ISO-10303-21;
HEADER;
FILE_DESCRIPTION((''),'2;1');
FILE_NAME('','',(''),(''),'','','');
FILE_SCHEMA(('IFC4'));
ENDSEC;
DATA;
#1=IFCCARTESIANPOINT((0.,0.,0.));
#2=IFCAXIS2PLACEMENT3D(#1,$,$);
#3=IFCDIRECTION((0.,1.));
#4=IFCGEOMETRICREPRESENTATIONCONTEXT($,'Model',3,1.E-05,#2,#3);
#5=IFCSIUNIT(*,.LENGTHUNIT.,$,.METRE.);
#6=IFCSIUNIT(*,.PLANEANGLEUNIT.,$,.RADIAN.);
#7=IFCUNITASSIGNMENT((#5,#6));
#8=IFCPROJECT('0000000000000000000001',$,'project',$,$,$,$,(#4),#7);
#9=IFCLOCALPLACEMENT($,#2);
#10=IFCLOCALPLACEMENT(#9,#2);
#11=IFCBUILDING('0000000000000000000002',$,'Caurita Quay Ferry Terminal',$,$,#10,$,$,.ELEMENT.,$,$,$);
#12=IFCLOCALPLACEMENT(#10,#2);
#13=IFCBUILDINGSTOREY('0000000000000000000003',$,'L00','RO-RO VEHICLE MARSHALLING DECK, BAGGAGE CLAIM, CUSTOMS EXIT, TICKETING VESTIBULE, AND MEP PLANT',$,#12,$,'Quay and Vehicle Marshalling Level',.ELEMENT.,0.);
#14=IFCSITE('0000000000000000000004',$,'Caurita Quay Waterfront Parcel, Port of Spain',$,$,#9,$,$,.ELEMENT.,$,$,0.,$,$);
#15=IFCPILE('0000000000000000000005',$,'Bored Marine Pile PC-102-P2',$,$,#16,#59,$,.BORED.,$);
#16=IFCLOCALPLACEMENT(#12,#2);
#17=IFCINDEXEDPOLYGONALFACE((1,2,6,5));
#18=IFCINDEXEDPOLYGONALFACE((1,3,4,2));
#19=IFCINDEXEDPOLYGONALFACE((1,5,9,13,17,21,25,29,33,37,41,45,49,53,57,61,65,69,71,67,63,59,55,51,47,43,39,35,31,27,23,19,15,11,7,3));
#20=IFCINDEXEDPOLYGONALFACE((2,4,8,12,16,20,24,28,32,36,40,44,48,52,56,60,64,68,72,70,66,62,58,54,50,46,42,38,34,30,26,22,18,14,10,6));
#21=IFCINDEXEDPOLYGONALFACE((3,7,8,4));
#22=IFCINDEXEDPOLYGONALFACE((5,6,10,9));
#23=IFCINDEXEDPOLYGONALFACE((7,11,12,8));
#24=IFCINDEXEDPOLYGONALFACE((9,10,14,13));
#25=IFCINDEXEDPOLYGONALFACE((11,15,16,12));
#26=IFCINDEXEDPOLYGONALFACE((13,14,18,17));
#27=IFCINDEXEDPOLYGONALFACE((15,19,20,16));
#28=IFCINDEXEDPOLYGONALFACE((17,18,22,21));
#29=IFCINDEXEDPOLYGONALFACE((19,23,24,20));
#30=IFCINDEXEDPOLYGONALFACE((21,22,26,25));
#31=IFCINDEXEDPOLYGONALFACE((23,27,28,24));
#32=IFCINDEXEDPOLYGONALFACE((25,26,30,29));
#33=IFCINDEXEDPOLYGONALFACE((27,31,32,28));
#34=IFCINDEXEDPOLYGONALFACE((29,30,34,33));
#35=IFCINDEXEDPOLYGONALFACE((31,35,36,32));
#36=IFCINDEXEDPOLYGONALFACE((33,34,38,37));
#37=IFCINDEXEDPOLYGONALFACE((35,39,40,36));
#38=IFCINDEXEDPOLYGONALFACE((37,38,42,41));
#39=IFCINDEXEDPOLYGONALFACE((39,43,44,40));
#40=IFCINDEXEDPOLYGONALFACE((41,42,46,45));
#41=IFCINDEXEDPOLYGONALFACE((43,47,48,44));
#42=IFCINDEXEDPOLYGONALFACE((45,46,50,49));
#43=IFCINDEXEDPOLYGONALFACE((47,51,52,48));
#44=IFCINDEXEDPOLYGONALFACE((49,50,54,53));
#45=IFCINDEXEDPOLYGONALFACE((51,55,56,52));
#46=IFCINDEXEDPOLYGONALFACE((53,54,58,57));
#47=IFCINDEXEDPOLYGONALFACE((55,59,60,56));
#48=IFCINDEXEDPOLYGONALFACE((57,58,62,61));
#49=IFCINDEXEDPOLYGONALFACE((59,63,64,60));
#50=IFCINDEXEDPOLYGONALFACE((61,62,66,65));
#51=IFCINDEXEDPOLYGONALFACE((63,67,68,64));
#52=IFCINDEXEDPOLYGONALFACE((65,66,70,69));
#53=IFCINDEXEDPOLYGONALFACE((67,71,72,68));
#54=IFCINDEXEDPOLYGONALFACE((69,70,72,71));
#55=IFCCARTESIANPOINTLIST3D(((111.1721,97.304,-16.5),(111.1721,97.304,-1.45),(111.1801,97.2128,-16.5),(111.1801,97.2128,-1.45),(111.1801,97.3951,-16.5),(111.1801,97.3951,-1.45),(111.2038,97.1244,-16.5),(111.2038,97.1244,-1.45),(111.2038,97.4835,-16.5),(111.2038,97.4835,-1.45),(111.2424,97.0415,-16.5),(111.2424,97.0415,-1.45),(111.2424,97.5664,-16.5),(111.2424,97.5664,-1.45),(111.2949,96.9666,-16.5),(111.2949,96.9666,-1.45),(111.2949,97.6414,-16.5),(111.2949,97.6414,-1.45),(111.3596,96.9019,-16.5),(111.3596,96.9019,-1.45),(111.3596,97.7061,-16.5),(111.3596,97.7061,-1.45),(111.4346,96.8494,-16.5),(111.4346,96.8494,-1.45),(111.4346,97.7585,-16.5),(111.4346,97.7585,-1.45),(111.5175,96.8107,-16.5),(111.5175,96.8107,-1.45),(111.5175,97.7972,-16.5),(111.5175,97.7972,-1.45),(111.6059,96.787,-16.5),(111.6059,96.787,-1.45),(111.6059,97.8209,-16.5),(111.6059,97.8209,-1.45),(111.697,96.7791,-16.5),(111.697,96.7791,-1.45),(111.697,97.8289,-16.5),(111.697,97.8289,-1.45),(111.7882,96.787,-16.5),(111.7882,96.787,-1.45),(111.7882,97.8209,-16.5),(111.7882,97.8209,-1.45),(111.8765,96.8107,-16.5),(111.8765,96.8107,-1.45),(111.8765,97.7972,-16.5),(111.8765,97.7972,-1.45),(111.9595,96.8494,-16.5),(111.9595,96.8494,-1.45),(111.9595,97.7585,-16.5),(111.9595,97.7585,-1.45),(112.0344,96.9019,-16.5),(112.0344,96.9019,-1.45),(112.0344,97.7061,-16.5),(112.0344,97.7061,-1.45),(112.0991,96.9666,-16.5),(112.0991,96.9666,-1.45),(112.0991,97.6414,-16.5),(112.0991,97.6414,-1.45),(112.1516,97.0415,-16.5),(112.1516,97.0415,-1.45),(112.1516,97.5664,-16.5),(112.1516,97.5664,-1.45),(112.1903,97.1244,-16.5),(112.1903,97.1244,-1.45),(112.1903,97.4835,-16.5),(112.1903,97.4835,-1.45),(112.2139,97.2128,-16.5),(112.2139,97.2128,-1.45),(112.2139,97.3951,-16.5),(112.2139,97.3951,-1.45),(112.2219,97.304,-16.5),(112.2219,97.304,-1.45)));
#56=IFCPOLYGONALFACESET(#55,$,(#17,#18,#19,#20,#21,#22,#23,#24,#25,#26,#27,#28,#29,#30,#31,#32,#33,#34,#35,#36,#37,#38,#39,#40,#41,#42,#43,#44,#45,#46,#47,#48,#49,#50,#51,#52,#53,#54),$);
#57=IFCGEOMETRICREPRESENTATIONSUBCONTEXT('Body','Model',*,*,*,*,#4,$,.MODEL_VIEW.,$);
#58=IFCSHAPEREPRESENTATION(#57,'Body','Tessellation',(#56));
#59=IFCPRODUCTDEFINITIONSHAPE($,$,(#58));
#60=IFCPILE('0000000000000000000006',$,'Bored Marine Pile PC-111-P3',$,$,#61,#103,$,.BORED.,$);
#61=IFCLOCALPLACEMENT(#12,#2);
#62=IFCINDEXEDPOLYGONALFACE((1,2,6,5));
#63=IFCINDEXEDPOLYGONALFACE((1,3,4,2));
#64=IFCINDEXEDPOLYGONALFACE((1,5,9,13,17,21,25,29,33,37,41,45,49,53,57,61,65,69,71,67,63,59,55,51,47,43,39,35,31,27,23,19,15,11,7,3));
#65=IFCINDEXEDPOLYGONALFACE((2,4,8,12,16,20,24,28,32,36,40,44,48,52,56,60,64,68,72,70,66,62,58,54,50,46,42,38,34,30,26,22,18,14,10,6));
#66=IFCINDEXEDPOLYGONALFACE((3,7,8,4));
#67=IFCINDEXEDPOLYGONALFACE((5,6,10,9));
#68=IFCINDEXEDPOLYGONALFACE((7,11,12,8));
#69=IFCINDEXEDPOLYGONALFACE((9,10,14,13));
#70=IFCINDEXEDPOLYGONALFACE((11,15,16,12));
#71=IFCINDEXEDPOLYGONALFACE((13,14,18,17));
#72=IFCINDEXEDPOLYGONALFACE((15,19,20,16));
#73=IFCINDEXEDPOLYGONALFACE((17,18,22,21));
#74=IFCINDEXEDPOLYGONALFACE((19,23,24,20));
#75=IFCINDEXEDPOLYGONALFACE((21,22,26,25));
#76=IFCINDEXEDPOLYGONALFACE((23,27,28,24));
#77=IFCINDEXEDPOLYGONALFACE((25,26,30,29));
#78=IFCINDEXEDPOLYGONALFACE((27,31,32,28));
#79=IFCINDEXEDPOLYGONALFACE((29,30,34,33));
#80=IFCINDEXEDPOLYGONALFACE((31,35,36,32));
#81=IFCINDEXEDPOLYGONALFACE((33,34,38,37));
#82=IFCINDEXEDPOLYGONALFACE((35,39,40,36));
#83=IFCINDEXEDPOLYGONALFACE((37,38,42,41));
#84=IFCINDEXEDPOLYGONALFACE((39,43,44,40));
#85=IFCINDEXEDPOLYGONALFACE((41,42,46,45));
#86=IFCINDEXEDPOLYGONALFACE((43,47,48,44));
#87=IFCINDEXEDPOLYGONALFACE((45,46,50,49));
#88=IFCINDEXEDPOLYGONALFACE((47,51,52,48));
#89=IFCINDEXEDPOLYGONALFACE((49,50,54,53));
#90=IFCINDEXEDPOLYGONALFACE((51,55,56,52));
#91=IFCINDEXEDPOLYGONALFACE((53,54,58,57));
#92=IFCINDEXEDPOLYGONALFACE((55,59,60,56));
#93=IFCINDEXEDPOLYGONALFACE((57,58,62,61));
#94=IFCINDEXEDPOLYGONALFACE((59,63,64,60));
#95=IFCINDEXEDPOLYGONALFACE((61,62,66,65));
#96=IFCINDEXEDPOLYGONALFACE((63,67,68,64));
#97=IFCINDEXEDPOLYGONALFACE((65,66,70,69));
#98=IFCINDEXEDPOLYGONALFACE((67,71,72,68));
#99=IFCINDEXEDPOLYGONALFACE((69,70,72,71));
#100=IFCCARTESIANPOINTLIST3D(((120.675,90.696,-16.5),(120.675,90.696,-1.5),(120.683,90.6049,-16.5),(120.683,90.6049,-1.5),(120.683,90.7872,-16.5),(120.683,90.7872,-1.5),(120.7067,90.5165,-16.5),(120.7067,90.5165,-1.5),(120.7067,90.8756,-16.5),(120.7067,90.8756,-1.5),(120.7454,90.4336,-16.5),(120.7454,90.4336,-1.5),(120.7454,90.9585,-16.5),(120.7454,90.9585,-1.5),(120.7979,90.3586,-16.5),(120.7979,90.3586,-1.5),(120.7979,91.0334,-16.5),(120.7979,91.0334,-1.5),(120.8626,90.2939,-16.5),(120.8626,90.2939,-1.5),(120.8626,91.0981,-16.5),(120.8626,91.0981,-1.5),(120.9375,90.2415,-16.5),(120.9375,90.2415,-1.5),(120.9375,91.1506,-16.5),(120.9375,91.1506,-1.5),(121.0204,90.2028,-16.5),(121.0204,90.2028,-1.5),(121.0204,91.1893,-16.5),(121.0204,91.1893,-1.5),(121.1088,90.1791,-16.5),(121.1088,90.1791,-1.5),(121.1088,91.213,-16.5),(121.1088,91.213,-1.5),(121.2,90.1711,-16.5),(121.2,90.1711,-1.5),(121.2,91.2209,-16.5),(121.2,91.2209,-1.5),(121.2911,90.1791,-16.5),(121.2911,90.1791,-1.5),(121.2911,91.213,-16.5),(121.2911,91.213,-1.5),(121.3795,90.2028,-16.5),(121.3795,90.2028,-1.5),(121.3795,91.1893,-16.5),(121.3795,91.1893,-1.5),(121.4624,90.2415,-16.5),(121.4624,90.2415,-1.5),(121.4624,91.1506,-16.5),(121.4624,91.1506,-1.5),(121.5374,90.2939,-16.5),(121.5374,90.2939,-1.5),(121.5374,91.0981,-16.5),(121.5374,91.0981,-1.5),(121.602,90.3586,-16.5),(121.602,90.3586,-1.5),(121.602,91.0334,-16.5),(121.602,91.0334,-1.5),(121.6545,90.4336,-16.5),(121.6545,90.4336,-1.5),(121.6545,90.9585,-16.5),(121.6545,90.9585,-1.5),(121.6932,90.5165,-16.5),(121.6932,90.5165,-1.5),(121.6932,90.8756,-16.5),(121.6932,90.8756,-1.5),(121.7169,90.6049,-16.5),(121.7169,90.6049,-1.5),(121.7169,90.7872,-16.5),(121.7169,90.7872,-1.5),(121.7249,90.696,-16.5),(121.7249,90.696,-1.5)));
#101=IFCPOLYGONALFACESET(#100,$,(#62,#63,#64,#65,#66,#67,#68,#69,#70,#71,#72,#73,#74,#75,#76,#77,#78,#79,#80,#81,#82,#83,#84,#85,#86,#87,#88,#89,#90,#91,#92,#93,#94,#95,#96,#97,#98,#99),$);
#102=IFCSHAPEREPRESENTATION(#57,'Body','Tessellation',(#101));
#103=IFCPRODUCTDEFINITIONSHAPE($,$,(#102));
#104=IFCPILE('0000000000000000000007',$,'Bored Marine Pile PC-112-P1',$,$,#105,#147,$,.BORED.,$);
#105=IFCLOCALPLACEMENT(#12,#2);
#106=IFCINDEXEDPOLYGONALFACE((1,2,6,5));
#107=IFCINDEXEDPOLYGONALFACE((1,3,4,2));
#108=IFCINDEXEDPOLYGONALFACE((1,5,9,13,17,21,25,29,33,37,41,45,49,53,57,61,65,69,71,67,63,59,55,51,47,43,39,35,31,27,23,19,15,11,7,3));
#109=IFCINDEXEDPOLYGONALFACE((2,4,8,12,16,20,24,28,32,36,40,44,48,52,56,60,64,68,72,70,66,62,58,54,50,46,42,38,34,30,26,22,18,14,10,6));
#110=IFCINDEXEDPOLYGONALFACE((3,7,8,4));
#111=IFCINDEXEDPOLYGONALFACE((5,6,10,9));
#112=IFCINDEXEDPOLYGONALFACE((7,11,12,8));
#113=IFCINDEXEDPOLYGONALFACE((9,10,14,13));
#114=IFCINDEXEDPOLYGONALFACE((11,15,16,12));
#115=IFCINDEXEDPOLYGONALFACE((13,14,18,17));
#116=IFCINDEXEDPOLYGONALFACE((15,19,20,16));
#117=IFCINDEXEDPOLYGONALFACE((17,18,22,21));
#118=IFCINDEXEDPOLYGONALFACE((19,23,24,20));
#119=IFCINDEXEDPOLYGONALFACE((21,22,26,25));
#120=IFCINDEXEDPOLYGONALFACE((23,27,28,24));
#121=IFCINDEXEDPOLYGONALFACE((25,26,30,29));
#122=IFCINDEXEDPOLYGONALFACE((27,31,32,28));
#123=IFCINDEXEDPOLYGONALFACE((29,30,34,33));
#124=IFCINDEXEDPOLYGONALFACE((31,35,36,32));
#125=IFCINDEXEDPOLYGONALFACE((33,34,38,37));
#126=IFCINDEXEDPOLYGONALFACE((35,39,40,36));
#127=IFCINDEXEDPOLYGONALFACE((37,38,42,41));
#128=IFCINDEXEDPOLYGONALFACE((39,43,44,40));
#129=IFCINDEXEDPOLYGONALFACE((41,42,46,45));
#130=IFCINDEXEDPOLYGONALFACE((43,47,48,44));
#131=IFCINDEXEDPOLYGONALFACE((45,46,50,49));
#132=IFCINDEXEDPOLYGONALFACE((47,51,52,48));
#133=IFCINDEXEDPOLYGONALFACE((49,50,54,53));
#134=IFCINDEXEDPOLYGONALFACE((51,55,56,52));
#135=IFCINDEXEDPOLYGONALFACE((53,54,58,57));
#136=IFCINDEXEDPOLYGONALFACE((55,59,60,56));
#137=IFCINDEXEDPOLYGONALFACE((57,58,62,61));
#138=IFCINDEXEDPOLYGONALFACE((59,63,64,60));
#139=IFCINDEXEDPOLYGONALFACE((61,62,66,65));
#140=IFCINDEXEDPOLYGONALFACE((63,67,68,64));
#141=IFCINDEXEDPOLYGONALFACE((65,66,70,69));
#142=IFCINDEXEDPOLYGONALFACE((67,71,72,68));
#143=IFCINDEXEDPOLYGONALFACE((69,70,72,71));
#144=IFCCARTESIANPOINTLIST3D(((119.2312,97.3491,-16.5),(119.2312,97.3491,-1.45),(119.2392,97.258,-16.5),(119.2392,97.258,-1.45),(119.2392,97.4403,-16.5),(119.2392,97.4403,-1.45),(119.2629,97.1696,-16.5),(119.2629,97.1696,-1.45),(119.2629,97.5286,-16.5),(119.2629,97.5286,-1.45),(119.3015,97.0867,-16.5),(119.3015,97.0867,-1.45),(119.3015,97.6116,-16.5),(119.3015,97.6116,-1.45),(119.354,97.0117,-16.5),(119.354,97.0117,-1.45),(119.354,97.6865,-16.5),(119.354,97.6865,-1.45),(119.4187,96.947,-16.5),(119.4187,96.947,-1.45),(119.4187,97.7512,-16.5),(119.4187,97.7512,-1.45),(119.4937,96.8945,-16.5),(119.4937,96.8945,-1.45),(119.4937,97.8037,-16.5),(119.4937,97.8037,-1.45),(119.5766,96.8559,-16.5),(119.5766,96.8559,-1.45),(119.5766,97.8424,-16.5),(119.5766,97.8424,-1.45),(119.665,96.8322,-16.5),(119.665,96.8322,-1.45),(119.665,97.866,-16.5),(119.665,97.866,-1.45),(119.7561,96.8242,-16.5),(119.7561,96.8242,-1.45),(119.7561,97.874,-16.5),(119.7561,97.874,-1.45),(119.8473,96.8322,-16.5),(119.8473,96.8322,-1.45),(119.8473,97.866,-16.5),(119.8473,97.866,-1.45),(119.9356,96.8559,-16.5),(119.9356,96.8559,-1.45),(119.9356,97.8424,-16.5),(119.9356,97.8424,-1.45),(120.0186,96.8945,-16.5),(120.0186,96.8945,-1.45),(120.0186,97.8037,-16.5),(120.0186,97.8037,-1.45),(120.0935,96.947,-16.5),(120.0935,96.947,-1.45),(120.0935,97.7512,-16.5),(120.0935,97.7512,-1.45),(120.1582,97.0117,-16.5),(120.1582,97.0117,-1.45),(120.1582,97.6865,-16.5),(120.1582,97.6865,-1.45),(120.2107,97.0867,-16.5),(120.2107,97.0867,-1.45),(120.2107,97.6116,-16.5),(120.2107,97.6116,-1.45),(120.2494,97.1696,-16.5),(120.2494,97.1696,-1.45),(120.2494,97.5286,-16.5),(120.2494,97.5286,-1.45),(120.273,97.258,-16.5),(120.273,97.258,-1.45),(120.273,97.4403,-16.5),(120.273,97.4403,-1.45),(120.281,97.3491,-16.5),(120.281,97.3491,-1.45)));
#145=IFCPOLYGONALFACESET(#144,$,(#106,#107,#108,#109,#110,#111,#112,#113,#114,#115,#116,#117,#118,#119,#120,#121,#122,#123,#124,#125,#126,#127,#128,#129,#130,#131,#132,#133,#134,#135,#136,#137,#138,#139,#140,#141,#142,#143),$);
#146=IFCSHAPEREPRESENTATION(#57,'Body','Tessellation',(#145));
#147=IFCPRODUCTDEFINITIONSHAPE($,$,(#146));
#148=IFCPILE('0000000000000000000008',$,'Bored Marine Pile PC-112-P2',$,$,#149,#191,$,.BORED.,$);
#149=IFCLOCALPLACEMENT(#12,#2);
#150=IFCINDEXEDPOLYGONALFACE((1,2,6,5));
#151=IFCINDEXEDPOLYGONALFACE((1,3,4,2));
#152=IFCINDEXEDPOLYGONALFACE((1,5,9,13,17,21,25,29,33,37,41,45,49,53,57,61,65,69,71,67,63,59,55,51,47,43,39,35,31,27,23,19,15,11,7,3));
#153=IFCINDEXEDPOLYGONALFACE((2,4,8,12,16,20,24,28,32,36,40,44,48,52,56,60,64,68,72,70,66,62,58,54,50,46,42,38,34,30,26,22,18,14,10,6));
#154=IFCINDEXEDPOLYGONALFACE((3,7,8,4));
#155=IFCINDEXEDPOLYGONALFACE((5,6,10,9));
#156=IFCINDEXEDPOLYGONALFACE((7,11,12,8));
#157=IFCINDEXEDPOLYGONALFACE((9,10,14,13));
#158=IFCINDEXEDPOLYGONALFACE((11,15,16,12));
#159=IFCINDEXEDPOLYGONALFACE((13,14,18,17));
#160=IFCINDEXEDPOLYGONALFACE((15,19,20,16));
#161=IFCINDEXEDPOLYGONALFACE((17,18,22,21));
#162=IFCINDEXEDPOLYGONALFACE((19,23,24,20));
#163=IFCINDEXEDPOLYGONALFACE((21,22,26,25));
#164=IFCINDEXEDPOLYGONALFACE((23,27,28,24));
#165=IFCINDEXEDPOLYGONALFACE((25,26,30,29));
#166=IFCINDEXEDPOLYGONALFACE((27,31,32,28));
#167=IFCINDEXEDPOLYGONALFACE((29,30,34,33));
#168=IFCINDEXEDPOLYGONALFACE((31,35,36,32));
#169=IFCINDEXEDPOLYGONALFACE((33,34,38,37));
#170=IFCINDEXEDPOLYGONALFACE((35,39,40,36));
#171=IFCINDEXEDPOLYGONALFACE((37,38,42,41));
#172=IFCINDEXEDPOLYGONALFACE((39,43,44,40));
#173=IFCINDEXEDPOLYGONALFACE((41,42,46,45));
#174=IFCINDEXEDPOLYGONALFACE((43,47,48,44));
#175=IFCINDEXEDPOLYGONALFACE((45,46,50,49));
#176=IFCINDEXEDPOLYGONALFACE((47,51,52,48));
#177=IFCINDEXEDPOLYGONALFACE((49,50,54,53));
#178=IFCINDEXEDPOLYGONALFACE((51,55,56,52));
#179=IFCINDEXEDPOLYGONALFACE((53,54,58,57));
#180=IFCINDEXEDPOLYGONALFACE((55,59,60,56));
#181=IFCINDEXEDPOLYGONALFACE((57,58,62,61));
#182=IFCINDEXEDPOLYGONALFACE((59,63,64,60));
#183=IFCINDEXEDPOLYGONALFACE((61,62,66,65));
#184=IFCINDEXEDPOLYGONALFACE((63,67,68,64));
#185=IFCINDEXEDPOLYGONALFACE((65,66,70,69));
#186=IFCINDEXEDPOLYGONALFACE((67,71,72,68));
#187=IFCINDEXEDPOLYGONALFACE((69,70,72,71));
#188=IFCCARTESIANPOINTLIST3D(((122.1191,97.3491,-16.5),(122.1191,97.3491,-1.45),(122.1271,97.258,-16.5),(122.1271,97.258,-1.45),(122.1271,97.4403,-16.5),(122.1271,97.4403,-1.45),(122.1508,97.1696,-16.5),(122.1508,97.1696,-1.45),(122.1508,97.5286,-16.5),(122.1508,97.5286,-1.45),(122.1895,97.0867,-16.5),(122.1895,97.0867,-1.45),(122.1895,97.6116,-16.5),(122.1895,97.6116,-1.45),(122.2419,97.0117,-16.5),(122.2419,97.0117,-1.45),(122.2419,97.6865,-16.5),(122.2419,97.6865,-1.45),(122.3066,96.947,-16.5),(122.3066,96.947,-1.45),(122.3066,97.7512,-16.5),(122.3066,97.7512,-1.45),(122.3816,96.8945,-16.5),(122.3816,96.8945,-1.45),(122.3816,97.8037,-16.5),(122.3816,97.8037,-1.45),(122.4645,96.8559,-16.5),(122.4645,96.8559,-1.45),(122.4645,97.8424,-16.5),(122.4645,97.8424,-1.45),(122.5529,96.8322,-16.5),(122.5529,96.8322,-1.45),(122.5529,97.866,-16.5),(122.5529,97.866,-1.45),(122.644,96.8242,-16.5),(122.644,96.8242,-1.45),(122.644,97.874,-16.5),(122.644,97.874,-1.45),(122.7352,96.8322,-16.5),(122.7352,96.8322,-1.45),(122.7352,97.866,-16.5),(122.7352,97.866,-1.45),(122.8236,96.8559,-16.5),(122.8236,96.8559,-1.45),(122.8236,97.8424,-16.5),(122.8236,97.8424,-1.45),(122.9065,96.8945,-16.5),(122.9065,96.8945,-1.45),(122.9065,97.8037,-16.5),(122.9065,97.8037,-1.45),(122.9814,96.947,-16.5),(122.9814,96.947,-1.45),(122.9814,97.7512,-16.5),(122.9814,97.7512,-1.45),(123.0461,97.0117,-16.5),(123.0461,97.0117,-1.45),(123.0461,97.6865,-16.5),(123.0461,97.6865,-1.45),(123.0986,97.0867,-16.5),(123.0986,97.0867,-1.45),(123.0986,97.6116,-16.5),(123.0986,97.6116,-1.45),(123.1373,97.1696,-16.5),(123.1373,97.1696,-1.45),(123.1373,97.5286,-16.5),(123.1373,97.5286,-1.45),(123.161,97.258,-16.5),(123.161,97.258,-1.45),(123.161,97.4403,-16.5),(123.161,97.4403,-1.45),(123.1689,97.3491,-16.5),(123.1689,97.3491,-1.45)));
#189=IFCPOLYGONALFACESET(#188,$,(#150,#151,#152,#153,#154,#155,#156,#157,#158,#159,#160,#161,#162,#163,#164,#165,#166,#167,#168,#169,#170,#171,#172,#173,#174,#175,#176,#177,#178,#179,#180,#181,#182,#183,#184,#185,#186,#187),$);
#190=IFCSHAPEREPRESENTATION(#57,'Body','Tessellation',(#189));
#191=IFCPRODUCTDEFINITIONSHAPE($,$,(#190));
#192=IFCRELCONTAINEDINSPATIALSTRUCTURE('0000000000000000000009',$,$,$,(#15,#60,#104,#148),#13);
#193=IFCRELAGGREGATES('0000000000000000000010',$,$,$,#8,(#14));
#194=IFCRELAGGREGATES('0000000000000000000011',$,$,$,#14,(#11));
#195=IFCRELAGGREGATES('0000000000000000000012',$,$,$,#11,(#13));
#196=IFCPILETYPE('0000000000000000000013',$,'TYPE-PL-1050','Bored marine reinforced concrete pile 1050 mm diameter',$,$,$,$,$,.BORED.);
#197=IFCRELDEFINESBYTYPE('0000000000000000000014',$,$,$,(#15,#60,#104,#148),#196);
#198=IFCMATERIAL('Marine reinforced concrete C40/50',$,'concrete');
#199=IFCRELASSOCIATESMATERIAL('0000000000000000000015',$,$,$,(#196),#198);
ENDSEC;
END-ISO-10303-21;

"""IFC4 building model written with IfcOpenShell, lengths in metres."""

from ifc_helpers import new_model, si_unit, direction, frame, origin, origin_2d, place, context, subcontext, project, spatial, circle, extrude, material, material_profile, profile_set, type_object, element, save


model = new_model("IFC4")

# Units and contexts
model_context = context("Model", 3, precision=1e-05, world=origin(), true_north=direction((0.0, 1.0)))
body_context = subcontext(model_context, "Body", "Model", "MODEL_VIEW")
ifc_project = project(units=[si_unit("LENGTHUNIT", "METRE"), si_unit("PLANEANGLEUNIT", "RADIAN")], contexts=[model_context])

# Site, building, storey
site_placement = place(None, origin())
site = spatial("IfcSite", under=ifc_project, at=site_placement, Name="Caurita Quay Waterfront Parcel, Port of Spain", CompositionType="ELEMENT", RefElevation=0.0)
building_placement = place(site_placement, origin())
building = spatial("IfcBuilding", under=site, at=building_placement, Name="Caurita Quay Ferry Terminal", CompositionType="ELEMENT")
storey_placement = place(building_placement, origin())
storey = spatial("IfcBuildingStorey", under=building, at=storey_placement, Name="L00", Description="RO-RO VEHICLE MARSHALLING DECK, BAGGAGE CLAIM, CUSTOMS EXIT, TICKETING VESTIBULE, AND MEP PLANT", LongName="Quay and Vehicle Marshalling Level", CompositionType="ELEMENT", Elevation=0.0)

# Piles
ifc_material_1 = material(Name="Marine reinforced concrete C40/50", Category="concrete")
ifc_material_profile_1 = material_profile(ifc_material_1, circle(Radius=0.5249, at=origin_2d()), Name="PILE-D1050")
ifc_profile_set_1 = profile_set([ifc_material_profile_1], Name="Marine reinforced concrete C40/50")
pile_type = type_object("IfcPileType", Name="TYPE-PL-1050", Description="Bored marine reinforced concrete pile 1050 mm diameter", PredefinedType="BORED", material=ifc_profile_set_1)
pile_1_placement = place(storey_placement, frame((111.697, 97.304, -1.45), z_axis=(0.0, 0.0, -1.0), x_axis=(1.0, 0.0, 0.0)))
element("IfcPile", 1, at=pile_1_placement, inside=storey, type_object=pile_type, Name="Bored Marine Pile PC-102-P2", PredefinedType="BORED", context=body_context, shape_type="SweptSolid", body=[
    extrude(circle(Radius=0.5249, at=origin_2d()), origin(), (0.0, 0.0, 1.0), 15.05),
])
pile_2_placement = place(storey_placement, frame((121.2, 90.696, -1.5), z_axis=(0.0, 0.0, -1.0), x_axis=(1.0, 0.0, 0.0)))
element("IfcPile", 2, at=pile_2_placement, inside=storey, type_object=pile_type, Name="Bored Marine Pile PC-111-P3", PredefinedType="BORED", context=body_context, shape_type="SweptSolid", body=[
    extrude(circle(Radius=0.5249, at=origin_2d()), origin(), (0.0, 0.0, 1.0), 15.0),
])
for number, where, z_axis, x_axis, name in (
    (3, (119.7561, 97.3491, -1.45), (0.0, 0.0, -1.0), (1.0, 0.0, 0.0), "Bored Marine Pile PC-112-P1"),
    (4, (122.644, 97.3491, -1.45), (0.0, 0.0, -1.0), (1.0, 0.0, 0.0), "Bored Marine Pile PC-112-P2"),
):
    element("IfcPile", number, at=place(storey_placement, frame(where, z_axis=z_axis, x_axis=x_axis)), inside=storey, type_object=pile_type, Name=name, PredefinedType="BORED", context=body_context, shape_type="SweptSolid", body=[
        extrude(circle(Radius=0.5249, at=origin_2d()), origin(), (0.0, 0.0, 1.0), 15.05),
    ])

save(model, "model.ifc")
